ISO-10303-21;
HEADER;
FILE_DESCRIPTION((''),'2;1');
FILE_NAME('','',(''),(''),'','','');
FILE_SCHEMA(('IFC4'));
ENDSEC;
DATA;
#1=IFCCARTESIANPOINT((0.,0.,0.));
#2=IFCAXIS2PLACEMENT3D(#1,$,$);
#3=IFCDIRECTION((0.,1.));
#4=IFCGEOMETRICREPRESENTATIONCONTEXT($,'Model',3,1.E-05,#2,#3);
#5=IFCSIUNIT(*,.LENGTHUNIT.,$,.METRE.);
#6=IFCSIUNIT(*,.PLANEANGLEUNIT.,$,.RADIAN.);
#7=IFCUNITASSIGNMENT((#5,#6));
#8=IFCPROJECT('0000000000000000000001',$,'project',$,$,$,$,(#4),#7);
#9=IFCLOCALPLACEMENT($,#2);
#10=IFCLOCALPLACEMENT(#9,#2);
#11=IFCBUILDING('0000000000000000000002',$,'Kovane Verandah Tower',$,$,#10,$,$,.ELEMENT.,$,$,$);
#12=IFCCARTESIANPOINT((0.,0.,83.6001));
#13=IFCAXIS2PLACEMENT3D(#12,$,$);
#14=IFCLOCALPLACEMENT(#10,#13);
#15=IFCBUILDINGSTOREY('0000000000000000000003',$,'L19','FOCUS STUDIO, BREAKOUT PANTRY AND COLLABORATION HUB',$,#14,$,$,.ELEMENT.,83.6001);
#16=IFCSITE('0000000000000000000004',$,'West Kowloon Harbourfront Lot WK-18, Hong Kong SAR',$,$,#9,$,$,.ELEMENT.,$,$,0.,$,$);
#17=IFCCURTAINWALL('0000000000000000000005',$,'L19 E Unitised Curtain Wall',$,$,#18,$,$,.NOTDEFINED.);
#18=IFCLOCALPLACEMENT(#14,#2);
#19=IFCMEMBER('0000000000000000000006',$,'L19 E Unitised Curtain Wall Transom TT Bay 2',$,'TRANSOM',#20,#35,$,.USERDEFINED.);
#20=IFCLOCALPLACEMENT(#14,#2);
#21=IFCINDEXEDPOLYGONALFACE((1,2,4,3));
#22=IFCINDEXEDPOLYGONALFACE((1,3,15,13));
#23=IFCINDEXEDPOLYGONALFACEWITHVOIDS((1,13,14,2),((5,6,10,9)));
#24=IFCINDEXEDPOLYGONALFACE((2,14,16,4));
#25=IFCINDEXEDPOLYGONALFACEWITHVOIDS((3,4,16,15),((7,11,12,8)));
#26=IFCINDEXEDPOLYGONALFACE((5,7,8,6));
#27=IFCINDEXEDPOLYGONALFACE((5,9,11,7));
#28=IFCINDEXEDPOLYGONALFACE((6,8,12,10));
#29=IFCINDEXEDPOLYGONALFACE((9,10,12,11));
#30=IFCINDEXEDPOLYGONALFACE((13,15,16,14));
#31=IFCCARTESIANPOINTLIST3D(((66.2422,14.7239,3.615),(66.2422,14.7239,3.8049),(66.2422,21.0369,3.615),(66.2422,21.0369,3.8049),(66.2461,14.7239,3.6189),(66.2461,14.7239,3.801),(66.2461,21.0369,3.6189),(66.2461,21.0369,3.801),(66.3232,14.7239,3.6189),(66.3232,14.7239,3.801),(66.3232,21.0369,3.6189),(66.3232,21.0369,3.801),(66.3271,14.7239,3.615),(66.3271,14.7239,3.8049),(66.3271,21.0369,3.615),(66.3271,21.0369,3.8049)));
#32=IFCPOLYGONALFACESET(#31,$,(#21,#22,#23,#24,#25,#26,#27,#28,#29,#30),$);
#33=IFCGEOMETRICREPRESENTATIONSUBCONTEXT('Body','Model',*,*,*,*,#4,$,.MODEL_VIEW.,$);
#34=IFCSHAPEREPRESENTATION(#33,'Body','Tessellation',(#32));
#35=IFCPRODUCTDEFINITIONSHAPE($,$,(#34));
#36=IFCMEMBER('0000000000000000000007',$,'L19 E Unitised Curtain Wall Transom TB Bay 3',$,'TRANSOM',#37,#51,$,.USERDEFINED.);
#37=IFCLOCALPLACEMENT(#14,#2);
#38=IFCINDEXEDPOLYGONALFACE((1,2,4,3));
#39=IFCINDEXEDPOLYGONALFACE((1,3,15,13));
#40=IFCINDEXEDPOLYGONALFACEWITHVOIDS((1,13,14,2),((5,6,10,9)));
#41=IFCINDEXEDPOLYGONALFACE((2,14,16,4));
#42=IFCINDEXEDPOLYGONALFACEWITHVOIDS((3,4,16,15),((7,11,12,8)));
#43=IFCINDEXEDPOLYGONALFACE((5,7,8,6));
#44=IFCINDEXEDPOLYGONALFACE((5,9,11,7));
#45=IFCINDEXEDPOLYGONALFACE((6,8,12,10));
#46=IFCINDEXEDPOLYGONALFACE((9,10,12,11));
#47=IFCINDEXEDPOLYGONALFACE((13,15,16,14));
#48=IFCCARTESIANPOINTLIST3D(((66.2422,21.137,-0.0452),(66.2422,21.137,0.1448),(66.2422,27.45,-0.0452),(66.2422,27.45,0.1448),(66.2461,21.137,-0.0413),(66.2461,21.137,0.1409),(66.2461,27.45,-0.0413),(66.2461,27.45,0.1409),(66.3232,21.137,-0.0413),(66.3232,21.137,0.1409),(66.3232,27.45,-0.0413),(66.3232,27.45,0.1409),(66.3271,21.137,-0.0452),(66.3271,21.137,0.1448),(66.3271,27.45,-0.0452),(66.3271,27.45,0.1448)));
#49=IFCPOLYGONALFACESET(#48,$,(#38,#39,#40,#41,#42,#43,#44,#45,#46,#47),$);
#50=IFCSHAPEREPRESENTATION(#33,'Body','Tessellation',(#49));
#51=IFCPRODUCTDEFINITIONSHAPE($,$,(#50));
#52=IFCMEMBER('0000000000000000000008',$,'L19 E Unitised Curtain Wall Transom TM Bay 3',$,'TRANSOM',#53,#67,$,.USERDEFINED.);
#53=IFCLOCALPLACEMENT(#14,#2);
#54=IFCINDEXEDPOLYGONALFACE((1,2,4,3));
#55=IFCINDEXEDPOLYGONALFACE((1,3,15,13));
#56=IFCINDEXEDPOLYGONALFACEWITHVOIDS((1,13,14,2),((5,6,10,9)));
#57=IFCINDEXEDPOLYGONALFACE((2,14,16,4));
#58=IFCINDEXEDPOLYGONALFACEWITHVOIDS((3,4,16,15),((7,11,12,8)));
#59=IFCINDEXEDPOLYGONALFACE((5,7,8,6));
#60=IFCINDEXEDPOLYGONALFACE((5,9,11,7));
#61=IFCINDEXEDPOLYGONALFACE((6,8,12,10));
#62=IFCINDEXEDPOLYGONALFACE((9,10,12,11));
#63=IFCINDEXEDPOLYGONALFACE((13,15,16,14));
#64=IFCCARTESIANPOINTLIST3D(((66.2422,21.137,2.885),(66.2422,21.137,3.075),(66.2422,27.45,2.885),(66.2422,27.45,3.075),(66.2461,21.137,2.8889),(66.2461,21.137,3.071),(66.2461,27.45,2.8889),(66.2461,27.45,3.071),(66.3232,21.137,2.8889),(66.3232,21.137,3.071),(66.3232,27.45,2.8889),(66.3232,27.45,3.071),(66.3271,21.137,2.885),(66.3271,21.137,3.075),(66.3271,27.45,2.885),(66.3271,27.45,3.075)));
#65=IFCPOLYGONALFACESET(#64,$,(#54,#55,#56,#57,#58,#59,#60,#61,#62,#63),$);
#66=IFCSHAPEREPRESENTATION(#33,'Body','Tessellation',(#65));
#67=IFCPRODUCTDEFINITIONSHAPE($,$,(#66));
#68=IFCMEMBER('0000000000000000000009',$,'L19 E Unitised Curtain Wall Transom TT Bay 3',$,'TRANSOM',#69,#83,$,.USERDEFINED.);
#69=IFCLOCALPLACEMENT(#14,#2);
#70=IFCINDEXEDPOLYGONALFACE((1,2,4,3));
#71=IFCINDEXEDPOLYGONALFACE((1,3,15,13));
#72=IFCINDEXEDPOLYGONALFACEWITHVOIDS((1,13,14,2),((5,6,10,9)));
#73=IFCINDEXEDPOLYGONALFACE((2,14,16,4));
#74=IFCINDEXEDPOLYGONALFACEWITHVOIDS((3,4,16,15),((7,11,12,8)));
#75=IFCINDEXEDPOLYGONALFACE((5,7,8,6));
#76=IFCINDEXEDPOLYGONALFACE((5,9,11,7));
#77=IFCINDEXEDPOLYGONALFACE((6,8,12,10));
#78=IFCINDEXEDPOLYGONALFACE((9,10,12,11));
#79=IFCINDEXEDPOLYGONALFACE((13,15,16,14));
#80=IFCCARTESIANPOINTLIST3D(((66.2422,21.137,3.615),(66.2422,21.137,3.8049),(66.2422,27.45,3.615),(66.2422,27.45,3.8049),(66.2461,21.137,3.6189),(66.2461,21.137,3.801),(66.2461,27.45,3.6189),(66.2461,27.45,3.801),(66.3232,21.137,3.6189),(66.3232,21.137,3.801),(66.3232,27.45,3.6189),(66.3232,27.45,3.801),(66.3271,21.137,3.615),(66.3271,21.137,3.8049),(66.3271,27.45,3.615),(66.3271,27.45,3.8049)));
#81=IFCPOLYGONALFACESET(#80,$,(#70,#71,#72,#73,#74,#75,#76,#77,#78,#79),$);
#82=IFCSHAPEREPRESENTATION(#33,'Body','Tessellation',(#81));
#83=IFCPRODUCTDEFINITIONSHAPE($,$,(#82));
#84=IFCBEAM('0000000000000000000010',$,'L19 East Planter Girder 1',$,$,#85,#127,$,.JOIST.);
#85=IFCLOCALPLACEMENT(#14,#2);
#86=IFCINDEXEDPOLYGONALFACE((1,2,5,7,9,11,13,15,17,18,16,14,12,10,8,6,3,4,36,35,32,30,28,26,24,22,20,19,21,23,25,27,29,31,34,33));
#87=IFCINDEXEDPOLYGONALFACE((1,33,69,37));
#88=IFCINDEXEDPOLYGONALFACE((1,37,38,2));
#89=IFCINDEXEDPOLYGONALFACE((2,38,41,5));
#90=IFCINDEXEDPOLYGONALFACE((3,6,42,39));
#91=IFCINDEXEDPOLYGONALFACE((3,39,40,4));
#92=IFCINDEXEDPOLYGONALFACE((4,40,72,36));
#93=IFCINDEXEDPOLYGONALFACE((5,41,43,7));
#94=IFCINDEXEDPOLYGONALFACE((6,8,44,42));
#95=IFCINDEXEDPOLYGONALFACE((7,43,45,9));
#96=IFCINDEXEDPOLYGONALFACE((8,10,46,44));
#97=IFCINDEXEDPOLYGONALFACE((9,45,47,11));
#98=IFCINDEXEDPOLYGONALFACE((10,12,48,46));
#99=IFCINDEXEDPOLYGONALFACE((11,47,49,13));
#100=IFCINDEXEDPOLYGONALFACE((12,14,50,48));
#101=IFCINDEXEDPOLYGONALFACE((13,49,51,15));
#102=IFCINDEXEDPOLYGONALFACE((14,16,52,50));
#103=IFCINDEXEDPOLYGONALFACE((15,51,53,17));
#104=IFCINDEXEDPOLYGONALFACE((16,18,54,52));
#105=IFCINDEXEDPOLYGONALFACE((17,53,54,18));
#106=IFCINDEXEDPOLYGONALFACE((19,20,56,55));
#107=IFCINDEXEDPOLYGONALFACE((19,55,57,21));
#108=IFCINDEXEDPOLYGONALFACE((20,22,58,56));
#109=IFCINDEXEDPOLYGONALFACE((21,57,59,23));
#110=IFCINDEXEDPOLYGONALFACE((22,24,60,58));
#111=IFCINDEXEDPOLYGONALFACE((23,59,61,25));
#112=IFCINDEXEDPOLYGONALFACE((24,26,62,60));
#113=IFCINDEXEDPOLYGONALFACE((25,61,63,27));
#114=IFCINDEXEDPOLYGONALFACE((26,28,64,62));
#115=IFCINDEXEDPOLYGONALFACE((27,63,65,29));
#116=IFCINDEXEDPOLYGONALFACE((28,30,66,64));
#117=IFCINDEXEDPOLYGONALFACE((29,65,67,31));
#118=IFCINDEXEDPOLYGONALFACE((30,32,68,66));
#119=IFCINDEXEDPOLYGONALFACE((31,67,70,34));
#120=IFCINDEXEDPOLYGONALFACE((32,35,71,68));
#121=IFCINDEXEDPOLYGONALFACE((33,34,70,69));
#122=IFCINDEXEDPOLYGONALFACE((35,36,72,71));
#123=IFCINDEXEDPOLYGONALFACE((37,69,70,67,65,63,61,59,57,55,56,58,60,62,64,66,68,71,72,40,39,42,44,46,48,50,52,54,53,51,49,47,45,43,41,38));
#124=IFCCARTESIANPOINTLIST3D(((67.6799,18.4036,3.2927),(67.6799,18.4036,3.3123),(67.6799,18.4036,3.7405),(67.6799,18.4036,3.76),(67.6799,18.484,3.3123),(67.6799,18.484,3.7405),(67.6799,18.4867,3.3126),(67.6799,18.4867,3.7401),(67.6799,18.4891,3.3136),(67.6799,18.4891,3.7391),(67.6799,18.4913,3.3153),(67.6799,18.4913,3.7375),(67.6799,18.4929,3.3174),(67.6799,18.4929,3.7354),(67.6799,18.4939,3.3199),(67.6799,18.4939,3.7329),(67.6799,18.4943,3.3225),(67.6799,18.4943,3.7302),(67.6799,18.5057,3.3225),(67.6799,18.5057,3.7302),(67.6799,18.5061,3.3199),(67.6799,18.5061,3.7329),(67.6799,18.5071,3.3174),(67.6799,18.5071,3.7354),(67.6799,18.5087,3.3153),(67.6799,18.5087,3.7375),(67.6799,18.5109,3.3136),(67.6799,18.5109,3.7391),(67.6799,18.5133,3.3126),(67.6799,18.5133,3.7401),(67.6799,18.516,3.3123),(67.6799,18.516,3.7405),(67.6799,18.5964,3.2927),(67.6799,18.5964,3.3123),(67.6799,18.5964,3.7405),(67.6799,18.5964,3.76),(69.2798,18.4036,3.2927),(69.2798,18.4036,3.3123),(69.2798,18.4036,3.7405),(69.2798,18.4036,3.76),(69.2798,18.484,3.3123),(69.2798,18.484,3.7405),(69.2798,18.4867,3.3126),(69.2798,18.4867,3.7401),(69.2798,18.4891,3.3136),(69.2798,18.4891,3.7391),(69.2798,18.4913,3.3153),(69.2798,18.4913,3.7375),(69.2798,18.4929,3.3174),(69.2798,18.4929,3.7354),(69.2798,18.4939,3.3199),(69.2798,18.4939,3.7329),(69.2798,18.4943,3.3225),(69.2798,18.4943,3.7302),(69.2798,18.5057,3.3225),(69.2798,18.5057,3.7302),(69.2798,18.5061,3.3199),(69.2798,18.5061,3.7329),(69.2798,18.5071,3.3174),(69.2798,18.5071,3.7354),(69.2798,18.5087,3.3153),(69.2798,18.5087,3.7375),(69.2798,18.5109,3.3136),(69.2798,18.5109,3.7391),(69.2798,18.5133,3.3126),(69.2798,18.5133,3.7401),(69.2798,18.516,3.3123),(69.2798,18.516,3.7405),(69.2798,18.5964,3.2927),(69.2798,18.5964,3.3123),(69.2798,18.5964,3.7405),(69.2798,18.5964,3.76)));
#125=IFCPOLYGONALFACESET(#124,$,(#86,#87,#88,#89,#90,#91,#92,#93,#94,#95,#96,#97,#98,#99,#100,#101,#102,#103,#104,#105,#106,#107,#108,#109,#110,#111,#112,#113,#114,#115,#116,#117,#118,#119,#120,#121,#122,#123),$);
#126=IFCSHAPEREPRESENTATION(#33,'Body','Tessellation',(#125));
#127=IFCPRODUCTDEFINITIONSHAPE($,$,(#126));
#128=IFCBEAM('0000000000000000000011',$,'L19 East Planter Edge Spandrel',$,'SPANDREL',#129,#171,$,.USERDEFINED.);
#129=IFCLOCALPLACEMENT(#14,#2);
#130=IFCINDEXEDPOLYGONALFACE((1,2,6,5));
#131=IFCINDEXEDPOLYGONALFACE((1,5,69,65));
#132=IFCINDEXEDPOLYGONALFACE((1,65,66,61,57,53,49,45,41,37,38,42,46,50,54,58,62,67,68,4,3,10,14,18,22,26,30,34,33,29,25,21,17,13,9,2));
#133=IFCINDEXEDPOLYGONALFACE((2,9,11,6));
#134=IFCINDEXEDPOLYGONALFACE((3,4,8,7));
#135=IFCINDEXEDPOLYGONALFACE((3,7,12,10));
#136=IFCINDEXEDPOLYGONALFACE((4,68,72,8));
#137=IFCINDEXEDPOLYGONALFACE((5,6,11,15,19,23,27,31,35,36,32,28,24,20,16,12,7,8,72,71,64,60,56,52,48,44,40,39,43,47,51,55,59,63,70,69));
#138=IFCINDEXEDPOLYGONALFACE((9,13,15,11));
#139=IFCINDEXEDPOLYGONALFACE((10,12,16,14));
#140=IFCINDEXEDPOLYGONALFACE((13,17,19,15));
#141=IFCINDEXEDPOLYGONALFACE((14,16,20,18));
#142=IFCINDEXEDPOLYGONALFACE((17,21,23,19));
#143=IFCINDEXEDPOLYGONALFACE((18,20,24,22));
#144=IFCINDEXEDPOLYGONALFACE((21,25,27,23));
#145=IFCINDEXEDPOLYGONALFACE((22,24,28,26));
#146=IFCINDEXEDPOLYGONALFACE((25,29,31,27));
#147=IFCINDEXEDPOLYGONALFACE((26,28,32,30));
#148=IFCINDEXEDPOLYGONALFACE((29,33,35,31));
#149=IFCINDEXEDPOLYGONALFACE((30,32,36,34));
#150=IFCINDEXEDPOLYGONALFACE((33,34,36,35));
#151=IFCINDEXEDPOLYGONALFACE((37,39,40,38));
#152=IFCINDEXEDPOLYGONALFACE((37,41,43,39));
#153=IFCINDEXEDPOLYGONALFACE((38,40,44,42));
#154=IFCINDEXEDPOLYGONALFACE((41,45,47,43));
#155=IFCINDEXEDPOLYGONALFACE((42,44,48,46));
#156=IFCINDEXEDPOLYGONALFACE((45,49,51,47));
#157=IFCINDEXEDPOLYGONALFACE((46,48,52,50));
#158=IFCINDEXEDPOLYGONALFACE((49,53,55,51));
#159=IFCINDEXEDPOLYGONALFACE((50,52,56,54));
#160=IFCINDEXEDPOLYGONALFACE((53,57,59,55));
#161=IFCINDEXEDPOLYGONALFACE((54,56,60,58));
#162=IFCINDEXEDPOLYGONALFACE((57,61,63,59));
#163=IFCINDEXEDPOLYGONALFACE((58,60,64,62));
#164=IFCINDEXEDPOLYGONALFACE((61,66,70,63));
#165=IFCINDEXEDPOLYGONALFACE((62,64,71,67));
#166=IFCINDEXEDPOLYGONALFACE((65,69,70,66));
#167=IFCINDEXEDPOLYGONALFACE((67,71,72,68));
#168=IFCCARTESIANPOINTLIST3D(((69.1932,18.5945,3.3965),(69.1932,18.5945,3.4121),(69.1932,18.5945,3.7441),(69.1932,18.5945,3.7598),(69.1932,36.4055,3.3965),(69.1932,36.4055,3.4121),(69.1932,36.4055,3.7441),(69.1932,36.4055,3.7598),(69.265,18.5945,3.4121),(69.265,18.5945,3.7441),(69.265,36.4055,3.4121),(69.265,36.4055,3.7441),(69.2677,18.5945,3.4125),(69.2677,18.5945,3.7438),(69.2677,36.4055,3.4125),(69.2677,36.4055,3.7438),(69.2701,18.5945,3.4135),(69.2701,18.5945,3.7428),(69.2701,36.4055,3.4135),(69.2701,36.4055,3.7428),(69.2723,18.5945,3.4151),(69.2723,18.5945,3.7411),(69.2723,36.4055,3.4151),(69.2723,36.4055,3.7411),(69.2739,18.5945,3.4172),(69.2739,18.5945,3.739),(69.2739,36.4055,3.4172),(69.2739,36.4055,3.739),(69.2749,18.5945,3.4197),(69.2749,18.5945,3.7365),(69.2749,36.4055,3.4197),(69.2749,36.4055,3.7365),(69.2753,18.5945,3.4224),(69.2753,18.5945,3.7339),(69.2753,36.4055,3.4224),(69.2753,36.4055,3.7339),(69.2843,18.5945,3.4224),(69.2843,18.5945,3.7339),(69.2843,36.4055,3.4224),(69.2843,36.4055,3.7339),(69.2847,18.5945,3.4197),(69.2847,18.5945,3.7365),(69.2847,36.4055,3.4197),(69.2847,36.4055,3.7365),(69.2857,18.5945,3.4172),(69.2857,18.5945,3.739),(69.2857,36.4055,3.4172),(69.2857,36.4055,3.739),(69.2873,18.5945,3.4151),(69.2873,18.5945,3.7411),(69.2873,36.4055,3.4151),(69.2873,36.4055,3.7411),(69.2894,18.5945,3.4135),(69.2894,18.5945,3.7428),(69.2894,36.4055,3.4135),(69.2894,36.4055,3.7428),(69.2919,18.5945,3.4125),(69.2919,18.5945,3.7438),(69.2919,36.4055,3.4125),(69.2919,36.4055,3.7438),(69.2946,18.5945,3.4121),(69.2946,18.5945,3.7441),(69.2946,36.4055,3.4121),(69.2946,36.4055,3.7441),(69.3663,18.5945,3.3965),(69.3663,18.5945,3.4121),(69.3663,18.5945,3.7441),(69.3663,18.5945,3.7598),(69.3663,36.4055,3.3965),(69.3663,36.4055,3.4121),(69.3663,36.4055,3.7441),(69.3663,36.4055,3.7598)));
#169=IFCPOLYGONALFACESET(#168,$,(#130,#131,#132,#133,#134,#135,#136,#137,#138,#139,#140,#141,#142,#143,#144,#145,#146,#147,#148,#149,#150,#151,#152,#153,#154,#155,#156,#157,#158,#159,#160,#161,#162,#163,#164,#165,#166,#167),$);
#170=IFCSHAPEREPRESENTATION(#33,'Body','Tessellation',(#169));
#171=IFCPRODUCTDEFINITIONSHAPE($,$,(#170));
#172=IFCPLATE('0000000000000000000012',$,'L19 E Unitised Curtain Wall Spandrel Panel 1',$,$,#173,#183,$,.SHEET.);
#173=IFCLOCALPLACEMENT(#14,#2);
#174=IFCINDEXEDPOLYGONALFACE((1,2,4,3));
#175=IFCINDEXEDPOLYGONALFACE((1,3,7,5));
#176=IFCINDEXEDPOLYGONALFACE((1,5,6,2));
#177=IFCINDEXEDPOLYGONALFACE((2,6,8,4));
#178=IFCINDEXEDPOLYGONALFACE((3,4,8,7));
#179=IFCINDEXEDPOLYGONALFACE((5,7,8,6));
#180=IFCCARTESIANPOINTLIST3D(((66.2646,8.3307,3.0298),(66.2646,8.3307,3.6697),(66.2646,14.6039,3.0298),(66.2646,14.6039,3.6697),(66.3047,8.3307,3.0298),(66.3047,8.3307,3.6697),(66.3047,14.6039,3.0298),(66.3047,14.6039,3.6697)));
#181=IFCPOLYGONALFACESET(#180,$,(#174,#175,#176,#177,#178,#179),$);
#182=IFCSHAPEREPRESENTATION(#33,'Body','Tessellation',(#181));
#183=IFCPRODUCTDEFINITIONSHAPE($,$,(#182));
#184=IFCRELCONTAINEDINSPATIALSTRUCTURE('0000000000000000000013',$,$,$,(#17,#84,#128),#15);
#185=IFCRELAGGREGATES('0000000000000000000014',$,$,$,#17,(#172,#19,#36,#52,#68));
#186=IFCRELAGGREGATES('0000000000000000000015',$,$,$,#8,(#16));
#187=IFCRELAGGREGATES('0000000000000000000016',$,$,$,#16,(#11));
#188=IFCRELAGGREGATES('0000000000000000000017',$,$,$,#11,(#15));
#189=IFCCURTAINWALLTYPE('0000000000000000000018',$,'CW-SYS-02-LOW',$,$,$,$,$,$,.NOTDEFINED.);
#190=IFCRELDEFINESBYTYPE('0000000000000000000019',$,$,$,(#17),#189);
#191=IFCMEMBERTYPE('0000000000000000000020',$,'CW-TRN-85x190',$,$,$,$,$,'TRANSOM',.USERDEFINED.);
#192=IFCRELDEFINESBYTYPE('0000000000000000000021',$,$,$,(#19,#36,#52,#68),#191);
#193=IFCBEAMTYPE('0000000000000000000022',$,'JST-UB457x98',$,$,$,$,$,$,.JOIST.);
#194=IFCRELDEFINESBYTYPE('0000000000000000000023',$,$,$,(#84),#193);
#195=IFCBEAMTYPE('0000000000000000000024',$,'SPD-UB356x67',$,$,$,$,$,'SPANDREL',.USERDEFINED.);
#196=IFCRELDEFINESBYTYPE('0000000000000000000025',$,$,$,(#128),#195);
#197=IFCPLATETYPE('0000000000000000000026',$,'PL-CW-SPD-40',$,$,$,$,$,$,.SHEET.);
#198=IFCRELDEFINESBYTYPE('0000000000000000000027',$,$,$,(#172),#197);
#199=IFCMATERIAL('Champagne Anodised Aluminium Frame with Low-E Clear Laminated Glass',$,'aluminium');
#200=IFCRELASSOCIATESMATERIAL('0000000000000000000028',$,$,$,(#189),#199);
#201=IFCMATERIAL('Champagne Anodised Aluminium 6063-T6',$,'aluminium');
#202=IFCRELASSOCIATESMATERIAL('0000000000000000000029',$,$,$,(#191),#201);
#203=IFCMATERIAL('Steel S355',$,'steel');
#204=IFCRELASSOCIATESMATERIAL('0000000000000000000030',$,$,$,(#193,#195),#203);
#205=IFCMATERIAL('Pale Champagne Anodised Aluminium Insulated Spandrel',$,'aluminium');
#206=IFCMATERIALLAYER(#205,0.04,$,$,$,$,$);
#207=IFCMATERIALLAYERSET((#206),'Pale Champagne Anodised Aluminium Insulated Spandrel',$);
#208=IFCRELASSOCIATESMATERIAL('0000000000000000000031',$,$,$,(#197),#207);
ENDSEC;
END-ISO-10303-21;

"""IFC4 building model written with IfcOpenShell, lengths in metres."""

from ifc_helpers import new_model, si_unit, direction, frame, origin, origin_2d, place, context, subcontext, project, spatial, rectangle, hollow_rectangle, i_section, extrude, material, layer, layer_set, material_profile, profile_set, type_object, element, aggregate, save


model = new_model("IFC4")

# Units and contexts
model_context = context("Model", 3, precision=1e-05, world=origin(), true_north=direction((0.0, 1.0)))
body_context = subcontext(model_context, "Body", "Model", "MODEL_VIEW")
ifc_project = project(units=[si_unit("LENGTHUNIT", "METRE"), si_unit("PLANEANGLEUNIT", "RADIAN")], contexts=[model_context])

# Site, building, storey
site_placement = place(None, origin())
site = spatial("IfcSite", under=ifc_project, at=site_placement, Name="West Kowloon Harbourfront Lot WK-18, Hong Kong SAR", CompositionType="ELEMENT", RefElevation=0.0)
building_placement = place(site_placement, origin())
building = spatial("IfcBuilding", under=site, at=building_placement, Name="Kovane Verandah Tower", CompositionType="ELEMENT")
storey_placement = place(building_placement, frame((0.0, 0.0, 83.6001)))
storey = spatial("IfcBuildingStorey", under=building, at=storey_placement, Name="L19", Description="FOCUS STUDIO, BREAKOUT PANTRY AND COLLABORATION HUB", CompositionType="ELEMENT", Elevation=83.6001)

# Curtain wall, members
ifc_material_1 = material(Name="Champagne Anodised Aluminium Frame with Low-E Clear Laminated Glass", Category="aluminium")
curtain_wall_type = type_object("IfcCurtainWallType", Name="CW-SYS-02-LOW", PredefinedType="NOTDEFINED", material=ifc_material_1)
curtain_wall_placement = place(storey_placement, origin())
curtain_wall = element("IfcCurtainWall", 1, at=curtain_wall_placement, inside=storey, type_object=curtain_wall_type, Name="L19 E Unitised Curtain Wall", PredefinedType="NOTDEFINED")
ifc_material_2 = material(Name="Champagne Anodised Aluminium 6063-T6", Category="aluminium")
ifc_material_profile_1 = material_profile(ifc_material_2, hollow_rectangle(XDim=0.085, YDim=0.1899, WallThickness=0.0039, at=origin_2d()), Name="AL85x190x4")
ifc_profile_set_1 = profile_set([ifc_material_profile_1], Name="Champagne Anodised Aluminium 6063-T6")
member_type_1 = type_object("IfcMemberType", Name="CW-TRN-85x190", ElementType="TRANSOM", PredefinedType="USERDEFINED", material=ifc_profile_set_1)
member_1_placement = place(storey_placement, frame((66.2847, 14.7239, 3.71), z_axis=(0.0, 1.0, 0.0), x_axis=(-1.0, 0.0, 0.0)))
member_1 = element("IfcMember", 2, at=member_1_placement, type_object=member_type_1, Name="L19 E Unitised Curtain Wall Transom TT Bay 2", ObjectType="TRANSOM", PredefinedType="USERDEFINED", context=body_context, shape_type="SweptSolid", body=[
    extrude(hollow_rectangle(XDim=0.085, YDim=0.1899, WallThickness=0.0039, at=origin_2d()), origin(), (0.0, 0.0, 1.0), 6.313),
])
member_2_placement = place(storey_placement, frame((66.2847, 21.137, 0.0498), z_axis=(0.0, 1.0, 0.0), x_axis=(-1.0, 0.0, 0.0)))
member_2 = element("IfcMember", 3, at=member_2_placement, type_object=member_type_1, Name="L19 E Unitised Curtain Wall Transom TB Bay 3", ObjectType="TRANSOM", PredefinedType="USERDEFINED", context=body_context, shape_type="SweptSolid", body=[
    extrude(hollow_rectangle(XDim=0.085, YDim=0.1899, WallThickness=0.0039, at=origin_2d()), origin(), (0.0, 0.0, 1.0), 6.313),
])
member_3_placement = place(storey_placement, frame((66.2847, 21.137, 2.98), z_axis=(0.0, 1.0, 0.0), x_axis=(-1.0, 0.0, 0.0)))
member_3 = element("IfcMember", 4, at=member_3_placement, type_object=member_type_1, Name="L19 E Unitised Curtain Wall Transom TM Bay 3", ObjectType="TRANSOM", PredefinedType="USERDEFINED", context=body_context, shape_type="SweptSolid", body=[
    extrude(hollow_rectangle(XDim=0.085, YDim=0.1899, WallThickness=0.0039, at=origin_2d()), origin(), (0.0, 0.0, 1.0), 6.313),
])
member_4_placement = place(storey_placement, frame((66.2847, 21.137, 3.71), z_axis=(0.0, 1.0, 0.0), x_axis=(-1.0, 0.0, 0.0)))
member_4 = element("IfcMember", 5, at=member_4_placement, type_object=member_type_1, Name="L19 E Unitised Curtain Wall Transom TT Bay 3", ObjectType="TRANSOM", PredefinedType="USERDEFINED", context=body_context, shape_type="SweptSolid", body=[
    extrude(hollow_rectangle(XDim=0.085, YDim=0.1899, WallThickness=0.0039, at=origin_2d()), origin(), (0.0, 0.0, 1.0), 6.313),
])

# Beams
ifc_material_3 = material(Name="Steel S355", Category="steel")
ifc_material_profile_2 = material_profile(ifc_material_3, i_section(OverallWidth=0.1929, OverallDepth=0.4673, WebThickness=0.0115, FlangeThickness=0.0195, FilletRadius=0.0103, at=origin_2d()), Name="UB457x191x98")
ifc_profile_set_2 = profile_set([ifc_material_profile_2], Name="Steel S355")
beam_type_1 = type_object("IfcBeamType", Name="JST-UB457x98", PredefinedType="JOIST", material=ifc_profile_set_2)
beam_1_placement = place(storey_placement, frame((67.6799, 18.5, 3.5264), z_axis=(1.0, 0.0, 0.0), x_axis=(0.0, 1.0, 0.0)))
element("IfcBeam", 6, at=beam_1_placement, inside=storey, type_object=beam_type_1, Name="L19 East Planter Girder 1", PredefinedType="JOIST", context=body_context, shape_type="SweptSolid", body=[
    extrude(i_section(OverallWidth=0.1929, OverallDepth=0.4673, WebThickness=0.0115, FlangeThickness=0.0195, FilletRadius=0.0103, at=origin_2d()), origin(), (0.0, 0.0, 1.0), 1.5999),
])
ifc_material_profile_3 = material_profile(ifc_material_3, i_section(OverallWidth=0.1731, OverallDepth=0.3633, WebThickness=0.009, FlangeThickness=0.0156, FilletRadius=0.0103, at=origin_2d()), Name="UB356x171x67")
ifc_profile_set_3 = profile_set([ifc_material_profile_3], Name="Steel S355")
beam_type_2 = type_object("IfcBeamType", Name="SPD-UB356x67", ElementType="SPANDREL", PredefinedType="USERDEFINED", material=ifc_profile_set_3)
beam_2_placement = place(storey_placement, frame((69.2798, 18.5945, 3.5781), z_axis=(0.0, 1.0, 0.0), x_axis=(-1.0, 0.0, 0.0)))
element("IfcBeam", 7, at=beam_2_placement, inside=storey, type_object=beam_type_2, Name="L19 East Planter Edge Spandrel", ObjectType="SPANDREL", PredefinedType="USERDEFINED", context=body_context, shape_type="SweptSolid", body=[
    extrude(i_section(OverallWidth=0.1731, OverallDepth=0.3633, WebThickness=0.009, FlangeThickness=0.0156, FilletRadius=0.0103, at=origin_2d()), origin(), (0.0, 0.0, 1.0), 17.811),
])

# Plate
ifc_material_4 = material(Name="Pale Champagne Anodised Aluminium Insulated Spandrel", Category="aluminium")
ifc_layer_1 = layer(ifc_material_4, 0.04)
ifc_layer_set_1 = layer_set([ifc_layer_1], Name="Pale Champagne Anodised Aluminium Insulated Spandrel")
plate_type_1 = type_object("IfcPlateType", Name="PL-CW-SPD-40", PredefinedType="SHEET", material=ifc_layer_set_1)
plate_1_placement = place(storey_placement, frame((66.2847, 11.4673, 3.0298), z_axis=(0.0, 0.0, 1.0), x_axis=(0.0, 1.0, 0.0)))
plate_1 = element("IfcPlate", 8, at=plate_1_placement, type_object=plate_type_1, Name="L19 E Unitised Curtain Wall Spandrel Panel 1", PredefinedType="SHEET", context=body_context, shape_type="SweptSolid", body=[
    extrude(rectangle(XDim=6.2732, YDim=0.04, at=origin_2d()), origin(), (0.0, 0.0, 1.0), 0.6399),
])
aggregate(curtain_wall, [plate_1, member_1, member_2, member_3, member_4])

save(model, "model.ifc")
